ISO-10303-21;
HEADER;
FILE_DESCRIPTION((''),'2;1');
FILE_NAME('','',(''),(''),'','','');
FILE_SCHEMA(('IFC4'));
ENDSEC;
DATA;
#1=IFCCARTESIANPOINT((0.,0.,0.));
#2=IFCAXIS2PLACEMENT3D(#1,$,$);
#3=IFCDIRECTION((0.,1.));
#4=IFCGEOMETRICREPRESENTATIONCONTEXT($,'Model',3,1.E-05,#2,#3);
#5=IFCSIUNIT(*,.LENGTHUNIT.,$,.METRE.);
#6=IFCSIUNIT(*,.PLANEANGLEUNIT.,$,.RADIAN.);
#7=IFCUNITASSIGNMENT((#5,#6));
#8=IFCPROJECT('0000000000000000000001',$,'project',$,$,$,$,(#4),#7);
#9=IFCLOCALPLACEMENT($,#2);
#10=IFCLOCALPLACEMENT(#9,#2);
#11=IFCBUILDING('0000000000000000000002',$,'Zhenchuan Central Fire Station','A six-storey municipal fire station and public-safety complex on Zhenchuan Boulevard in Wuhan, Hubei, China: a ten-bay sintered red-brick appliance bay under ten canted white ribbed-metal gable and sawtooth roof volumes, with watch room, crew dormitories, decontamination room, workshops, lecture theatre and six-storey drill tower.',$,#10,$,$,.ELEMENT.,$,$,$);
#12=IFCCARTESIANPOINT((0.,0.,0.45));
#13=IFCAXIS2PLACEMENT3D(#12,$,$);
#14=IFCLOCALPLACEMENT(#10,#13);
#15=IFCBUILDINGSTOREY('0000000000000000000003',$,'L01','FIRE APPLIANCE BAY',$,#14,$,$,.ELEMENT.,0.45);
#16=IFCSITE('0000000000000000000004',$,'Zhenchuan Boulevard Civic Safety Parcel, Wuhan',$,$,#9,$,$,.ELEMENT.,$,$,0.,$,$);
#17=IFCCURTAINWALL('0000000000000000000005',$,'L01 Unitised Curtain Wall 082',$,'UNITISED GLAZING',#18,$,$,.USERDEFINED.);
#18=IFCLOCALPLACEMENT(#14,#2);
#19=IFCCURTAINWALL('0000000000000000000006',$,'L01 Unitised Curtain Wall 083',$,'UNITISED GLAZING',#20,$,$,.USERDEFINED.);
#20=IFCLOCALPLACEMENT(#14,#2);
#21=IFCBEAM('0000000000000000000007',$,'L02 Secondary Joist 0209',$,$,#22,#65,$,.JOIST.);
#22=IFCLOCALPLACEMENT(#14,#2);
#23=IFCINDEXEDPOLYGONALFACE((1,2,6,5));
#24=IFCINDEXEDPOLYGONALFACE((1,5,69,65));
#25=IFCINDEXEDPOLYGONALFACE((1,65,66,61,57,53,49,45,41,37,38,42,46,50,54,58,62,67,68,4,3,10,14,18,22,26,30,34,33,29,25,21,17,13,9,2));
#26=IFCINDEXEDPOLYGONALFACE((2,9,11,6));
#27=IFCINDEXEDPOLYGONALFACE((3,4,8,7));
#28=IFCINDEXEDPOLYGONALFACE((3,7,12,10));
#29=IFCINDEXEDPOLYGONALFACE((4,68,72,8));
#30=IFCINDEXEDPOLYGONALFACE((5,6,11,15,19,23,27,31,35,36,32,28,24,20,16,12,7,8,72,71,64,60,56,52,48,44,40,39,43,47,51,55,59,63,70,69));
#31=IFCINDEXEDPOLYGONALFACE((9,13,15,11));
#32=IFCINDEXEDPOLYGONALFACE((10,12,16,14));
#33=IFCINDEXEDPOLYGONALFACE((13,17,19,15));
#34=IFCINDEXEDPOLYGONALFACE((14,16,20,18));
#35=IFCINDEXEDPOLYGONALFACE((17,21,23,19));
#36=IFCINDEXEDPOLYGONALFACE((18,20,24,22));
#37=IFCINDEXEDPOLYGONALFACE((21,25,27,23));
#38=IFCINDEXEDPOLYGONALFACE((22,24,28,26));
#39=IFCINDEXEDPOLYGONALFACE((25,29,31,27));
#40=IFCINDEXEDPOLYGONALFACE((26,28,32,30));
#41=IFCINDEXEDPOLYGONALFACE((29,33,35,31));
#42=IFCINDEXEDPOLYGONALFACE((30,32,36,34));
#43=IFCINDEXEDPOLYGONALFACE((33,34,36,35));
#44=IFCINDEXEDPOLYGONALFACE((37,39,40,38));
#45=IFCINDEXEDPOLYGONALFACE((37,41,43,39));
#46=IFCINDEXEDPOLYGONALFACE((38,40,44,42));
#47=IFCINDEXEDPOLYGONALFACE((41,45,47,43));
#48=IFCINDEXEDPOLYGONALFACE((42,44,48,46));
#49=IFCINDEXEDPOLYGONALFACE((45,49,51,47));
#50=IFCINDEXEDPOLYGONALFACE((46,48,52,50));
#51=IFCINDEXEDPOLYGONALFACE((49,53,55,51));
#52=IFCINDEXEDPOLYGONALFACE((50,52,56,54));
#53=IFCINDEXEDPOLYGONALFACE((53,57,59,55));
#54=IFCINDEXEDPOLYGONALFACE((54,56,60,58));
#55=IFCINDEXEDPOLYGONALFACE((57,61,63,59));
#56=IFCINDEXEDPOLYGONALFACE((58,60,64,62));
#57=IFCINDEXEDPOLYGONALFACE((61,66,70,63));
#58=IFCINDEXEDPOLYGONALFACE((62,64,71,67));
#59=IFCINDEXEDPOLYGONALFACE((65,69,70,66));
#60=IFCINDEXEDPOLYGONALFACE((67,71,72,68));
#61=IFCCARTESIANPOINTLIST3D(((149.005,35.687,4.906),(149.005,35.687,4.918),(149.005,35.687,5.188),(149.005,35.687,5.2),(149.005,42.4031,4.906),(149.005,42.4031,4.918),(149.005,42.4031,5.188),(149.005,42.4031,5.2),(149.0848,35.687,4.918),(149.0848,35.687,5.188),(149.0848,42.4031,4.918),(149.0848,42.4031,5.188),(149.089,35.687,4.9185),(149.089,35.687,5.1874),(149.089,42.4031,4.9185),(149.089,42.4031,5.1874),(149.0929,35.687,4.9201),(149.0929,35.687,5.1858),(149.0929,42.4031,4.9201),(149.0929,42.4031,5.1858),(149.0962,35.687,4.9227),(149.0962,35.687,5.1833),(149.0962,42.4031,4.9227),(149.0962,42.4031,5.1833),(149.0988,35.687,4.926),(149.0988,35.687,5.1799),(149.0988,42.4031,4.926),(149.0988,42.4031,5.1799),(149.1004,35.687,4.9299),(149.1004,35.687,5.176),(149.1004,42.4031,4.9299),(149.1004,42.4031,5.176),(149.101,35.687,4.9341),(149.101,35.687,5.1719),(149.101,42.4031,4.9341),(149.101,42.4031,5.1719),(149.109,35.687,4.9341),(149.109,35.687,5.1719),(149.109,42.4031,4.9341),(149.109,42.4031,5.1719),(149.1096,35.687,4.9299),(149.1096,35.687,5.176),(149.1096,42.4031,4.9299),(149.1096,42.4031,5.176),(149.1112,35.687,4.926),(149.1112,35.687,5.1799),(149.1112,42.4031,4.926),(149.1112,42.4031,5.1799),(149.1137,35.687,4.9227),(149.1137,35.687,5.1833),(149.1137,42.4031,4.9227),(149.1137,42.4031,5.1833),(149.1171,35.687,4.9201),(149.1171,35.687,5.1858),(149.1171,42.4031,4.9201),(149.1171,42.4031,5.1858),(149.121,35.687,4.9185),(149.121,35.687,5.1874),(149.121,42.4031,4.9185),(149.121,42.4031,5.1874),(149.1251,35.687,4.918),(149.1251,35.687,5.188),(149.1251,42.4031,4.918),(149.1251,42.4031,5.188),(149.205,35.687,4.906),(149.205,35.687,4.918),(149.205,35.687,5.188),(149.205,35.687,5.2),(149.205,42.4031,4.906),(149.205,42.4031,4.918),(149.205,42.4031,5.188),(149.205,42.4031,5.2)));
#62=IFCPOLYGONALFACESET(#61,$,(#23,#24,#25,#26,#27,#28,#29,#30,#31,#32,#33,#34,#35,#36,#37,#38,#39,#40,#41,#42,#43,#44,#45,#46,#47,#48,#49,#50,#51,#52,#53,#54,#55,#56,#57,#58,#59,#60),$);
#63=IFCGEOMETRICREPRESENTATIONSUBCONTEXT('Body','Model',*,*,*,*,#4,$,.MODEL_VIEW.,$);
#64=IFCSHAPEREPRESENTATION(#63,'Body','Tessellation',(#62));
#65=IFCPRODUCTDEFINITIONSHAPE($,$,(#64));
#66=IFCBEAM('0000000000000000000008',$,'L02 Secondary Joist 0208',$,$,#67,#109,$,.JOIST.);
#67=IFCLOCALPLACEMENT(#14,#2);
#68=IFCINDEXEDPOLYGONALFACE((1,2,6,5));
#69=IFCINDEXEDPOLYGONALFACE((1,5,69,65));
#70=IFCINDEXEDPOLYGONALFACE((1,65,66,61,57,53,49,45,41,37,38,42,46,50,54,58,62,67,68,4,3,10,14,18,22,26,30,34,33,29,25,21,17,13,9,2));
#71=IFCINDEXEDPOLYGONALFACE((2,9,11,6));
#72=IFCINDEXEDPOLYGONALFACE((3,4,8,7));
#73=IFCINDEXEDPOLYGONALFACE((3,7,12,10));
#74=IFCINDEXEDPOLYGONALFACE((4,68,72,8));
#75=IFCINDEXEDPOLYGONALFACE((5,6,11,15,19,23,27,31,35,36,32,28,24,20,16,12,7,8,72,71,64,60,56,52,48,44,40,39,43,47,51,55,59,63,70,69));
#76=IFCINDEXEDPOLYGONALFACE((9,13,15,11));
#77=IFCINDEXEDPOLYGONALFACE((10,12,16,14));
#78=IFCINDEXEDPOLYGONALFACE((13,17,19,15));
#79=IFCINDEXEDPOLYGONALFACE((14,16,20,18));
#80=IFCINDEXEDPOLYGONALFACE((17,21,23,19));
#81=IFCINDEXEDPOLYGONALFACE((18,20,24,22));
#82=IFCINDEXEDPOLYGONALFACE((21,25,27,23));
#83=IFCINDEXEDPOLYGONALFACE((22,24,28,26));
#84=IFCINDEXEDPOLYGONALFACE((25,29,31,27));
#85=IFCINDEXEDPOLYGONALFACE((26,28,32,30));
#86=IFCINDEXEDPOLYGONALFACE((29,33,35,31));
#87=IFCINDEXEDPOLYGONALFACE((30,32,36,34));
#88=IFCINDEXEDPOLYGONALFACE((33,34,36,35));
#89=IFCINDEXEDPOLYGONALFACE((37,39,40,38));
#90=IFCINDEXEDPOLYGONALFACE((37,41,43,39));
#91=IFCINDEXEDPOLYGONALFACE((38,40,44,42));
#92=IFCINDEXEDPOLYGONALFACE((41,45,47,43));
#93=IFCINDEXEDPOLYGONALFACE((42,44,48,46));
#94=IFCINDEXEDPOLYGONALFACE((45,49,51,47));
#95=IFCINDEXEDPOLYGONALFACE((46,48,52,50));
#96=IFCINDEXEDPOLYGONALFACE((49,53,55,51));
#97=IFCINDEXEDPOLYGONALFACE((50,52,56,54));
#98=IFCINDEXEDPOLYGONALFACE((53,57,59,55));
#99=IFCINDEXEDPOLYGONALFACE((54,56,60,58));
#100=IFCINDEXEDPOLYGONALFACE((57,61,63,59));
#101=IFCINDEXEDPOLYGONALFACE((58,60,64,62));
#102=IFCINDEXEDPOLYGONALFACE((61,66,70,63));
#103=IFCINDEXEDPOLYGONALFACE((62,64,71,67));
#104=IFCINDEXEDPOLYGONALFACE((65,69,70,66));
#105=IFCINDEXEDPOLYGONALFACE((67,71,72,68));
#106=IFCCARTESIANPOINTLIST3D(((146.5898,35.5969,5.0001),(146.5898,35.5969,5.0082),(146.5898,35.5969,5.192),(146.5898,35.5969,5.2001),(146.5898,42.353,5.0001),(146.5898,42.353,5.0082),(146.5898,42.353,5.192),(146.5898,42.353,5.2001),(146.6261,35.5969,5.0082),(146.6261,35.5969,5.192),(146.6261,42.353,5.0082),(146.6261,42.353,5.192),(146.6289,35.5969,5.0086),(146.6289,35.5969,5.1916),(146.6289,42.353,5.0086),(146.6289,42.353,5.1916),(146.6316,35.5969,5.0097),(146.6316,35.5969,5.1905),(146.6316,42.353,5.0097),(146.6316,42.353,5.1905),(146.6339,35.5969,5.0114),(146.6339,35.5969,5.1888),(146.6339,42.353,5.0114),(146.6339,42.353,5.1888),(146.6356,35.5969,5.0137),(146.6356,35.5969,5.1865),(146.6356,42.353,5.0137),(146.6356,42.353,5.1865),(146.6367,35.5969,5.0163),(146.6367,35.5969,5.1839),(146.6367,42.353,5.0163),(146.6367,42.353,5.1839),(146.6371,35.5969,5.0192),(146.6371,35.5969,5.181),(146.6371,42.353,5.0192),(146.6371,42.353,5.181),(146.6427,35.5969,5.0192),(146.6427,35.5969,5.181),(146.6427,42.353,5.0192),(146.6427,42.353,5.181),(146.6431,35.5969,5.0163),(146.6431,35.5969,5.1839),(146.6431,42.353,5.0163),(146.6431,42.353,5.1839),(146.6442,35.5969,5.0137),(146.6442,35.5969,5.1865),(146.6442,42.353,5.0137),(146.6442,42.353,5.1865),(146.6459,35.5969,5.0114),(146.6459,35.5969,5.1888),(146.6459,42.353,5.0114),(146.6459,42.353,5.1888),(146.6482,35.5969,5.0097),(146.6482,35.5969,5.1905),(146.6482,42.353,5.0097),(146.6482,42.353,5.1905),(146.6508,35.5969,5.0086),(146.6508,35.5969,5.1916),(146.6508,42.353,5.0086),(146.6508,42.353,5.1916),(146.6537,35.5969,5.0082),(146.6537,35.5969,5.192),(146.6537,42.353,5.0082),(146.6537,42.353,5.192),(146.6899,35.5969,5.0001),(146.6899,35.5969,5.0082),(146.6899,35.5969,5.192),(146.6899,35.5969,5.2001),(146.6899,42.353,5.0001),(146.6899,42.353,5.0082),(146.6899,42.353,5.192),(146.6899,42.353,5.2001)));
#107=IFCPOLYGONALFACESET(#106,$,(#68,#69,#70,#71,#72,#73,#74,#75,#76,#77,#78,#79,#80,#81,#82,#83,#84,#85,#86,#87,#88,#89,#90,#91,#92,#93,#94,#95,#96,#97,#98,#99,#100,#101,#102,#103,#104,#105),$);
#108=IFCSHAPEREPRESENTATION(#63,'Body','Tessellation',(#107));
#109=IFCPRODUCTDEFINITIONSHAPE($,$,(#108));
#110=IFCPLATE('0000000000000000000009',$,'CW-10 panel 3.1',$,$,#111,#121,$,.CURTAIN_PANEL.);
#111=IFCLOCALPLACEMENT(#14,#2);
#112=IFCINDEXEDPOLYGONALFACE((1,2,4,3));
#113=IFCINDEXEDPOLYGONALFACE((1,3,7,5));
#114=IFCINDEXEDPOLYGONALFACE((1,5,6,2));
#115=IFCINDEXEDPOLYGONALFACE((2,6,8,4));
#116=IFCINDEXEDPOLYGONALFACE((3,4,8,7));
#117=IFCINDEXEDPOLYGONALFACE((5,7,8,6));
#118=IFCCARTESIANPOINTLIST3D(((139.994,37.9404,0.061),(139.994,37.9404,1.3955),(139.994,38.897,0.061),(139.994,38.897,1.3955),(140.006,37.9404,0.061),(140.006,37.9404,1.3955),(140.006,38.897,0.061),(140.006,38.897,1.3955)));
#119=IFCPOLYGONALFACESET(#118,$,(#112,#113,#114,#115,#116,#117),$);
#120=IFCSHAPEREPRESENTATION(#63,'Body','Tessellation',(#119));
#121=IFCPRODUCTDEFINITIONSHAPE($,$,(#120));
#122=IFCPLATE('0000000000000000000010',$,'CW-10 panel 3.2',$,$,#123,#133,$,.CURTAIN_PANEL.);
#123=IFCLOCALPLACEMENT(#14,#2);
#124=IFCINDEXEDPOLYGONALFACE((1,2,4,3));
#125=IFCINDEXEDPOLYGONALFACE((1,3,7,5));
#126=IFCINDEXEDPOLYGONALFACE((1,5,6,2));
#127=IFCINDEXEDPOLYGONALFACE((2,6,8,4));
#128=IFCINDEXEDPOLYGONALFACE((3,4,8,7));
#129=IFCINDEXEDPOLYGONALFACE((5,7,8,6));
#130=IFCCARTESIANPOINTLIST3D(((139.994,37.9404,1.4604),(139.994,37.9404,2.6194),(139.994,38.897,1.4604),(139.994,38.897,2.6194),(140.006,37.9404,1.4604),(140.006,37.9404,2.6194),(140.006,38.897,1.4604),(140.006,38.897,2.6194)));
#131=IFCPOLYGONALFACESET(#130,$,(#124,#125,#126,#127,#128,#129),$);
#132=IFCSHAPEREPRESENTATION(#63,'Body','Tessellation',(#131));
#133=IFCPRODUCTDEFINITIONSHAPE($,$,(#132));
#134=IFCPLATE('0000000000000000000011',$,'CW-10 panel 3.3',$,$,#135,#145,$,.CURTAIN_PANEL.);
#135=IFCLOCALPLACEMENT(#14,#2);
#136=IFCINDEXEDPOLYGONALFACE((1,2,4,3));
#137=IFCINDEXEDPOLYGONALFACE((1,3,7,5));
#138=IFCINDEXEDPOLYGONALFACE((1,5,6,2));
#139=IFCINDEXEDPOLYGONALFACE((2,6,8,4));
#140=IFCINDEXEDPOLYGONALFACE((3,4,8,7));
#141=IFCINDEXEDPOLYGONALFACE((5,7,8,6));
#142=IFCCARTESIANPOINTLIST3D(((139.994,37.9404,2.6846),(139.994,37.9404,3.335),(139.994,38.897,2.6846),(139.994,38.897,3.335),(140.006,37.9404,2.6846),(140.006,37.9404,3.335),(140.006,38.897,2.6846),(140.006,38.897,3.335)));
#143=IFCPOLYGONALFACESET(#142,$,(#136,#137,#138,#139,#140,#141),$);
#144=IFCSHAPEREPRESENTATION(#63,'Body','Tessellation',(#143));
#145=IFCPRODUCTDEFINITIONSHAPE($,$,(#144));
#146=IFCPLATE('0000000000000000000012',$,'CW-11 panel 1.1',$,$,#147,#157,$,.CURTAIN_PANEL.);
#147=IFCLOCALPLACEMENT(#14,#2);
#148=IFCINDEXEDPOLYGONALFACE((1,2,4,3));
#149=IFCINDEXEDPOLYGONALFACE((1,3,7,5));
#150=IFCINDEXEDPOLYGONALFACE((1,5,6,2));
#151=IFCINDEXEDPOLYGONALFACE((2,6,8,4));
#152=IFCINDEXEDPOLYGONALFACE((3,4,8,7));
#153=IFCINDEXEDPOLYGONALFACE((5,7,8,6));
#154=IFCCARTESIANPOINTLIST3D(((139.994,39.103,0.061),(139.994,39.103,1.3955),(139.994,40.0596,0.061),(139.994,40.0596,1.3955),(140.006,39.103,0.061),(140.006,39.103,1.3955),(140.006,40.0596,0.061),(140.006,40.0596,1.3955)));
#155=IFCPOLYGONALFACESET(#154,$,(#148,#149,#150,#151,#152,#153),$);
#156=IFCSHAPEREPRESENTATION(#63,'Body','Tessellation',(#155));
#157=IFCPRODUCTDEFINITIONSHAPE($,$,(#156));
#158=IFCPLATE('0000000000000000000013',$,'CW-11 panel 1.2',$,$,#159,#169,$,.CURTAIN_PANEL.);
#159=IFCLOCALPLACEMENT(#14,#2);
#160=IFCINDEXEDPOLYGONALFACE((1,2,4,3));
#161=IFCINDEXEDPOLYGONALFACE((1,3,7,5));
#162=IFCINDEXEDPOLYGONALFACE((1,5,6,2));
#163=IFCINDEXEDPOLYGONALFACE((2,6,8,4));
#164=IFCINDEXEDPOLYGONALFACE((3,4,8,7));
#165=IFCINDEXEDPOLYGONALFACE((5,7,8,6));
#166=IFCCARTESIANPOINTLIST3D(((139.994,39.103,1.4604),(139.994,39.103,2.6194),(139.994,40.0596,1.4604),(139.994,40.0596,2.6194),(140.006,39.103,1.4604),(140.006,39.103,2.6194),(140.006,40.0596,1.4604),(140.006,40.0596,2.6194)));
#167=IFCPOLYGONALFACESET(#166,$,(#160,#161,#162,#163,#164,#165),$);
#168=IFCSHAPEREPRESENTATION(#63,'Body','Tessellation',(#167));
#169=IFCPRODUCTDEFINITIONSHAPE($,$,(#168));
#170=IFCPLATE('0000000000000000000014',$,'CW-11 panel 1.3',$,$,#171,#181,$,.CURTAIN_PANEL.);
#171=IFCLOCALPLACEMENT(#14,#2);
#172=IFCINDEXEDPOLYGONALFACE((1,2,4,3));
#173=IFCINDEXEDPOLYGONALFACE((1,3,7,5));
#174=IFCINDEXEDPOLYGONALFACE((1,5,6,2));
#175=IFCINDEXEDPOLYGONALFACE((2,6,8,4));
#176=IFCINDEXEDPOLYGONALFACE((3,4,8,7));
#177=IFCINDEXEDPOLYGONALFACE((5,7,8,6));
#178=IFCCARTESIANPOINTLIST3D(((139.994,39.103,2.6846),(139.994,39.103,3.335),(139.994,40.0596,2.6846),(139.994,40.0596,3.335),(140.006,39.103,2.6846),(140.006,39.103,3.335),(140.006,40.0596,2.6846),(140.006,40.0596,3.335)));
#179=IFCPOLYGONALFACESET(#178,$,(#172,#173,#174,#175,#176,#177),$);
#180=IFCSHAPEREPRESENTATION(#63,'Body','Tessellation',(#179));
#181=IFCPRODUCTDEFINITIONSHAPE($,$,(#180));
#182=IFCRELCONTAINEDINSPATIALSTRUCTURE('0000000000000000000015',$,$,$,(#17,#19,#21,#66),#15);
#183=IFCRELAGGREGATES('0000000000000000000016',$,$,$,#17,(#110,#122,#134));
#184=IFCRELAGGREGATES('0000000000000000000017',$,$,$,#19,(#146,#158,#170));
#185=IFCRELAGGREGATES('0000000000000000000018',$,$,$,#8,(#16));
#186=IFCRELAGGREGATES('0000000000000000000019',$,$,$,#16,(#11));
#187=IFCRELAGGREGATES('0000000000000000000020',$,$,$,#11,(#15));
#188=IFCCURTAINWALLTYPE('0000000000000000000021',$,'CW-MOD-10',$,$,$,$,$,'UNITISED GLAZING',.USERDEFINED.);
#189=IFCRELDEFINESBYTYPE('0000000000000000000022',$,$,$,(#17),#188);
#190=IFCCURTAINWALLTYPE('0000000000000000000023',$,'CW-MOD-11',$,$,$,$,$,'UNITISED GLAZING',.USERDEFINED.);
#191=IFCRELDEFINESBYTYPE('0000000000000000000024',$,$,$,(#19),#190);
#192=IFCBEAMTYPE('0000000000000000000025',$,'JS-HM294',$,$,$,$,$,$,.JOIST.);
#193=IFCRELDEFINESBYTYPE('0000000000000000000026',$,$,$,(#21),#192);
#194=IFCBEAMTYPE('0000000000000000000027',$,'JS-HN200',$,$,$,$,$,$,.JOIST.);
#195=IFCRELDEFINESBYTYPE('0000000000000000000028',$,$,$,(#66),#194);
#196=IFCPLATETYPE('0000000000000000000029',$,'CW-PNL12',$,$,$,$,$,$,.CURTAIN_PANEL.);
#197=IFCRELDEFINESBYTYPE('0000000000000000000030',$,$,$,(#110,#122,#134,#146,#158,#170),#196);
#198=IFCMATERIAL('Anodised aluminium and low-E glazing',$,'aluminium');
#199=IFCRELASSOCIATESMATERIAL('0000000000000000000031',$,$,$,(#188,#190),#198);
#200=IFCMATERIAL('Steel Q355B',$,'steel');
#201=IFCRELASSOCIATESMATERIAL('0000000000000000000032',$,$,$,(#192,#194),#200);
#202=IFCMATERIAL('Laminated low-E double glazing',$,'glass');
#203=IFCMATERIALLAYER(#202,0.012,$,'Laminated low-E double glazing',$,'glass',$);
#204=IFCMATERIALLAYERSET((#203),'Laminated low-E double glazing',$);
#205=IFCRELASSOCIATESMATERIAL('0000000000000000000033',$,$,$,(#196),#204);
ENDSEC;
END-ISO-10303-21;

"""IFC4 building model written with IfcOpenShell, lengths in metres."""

from ifc_helpers import new_model, si_unit, direction, frame, origin, origin_2d, place, context, subcontext, project, spatial, rectangle, i_section, extrude, material, layer, layer_set, material_profile, profile_set, type_object, element, aggregate, save


model = new_model("IFC4")

# Units and contexts
model_context = context("Model", 3, precision=1e-05, world=origin(), true_north=direction((0.0, 1.0)))
body_context = subcontext(model_context, "Body", "Model", "MODEL_VIEW")
ifc_project = project(units=[si_unit("LENGTHUNIT", "METRE"), si_unit("PLANEANGLEUNIT", "RADIAN")], contexts=[model_context])

# Site, building, storey
site_placement = place(None, origin())
site = spatial("IfcSite", under=ifc_project, at=site_placement, Name="Zhenchuan Boulevard Civic Safety Parcel, Wuhan", CompositionType="ELEMENT", RefElevation=0.0)
building_placement = place(site_placement, origin())
building = spatial("IfcBuilding", under=site, at=building_placement, Name="Zhenchuan Central Fire Station", Description="A six-storey municipal fire station and public-safety complex on Zhenchuan Boulevard in Wuhan, Hubei, China: a ten-bay sintered red-brick appliance bay under ten canted white ribbed-metal gable and sawtooth roof volumes, with watch room, crew dormitories, decontamination room, workshops, lecture theatre and six-storey drill tower.", CompositionType="ELEMENT")
storey_placement = place(building_placement, frame((0.0, 0.0, 0.45)))
storey = spatial("IfcBuildingStorey", under=building, at=storey_placement, Name="L01", Description="FIRE APPLIANCE BAY", CompositionType="ELEMENT", Elevation=0.45)

# Shared definitions
ifc_material_1 = material(Name="Steel Q355B", Category="steel")

# Curtain wall
ifc_material_2 = material(Name="Anodised aluminium and low-E glazing", Category="aluminium")
curtain_wall_type_1 = type_object("IfcCurtainWallType", Name="CW-MOD-10", ElementType="UNITISED GLAZING", PredefinedType="USERDEFINED", material=ifc_material_2)
curtain_wall_1_placement = place(storey_placement, origin())
curtain_wall_1 = element("IfcCurtainWall", 1, at=curtain_wall_1_placement, inside=storey, type_object=curtain_wall_type_1, Name="L01 Unitised Curtain Wall 082", ObjectType="UNITISED GLAZING", PredefinedType="USERDEFINED")

# Curtain wall
curtain_wall_type_2 = type_object("IfcCurtainWallType", Name="CW-MOD-11", ElementType="UNITISED GLAZING", PredefinedType="USERDEFINED", material=ifc_material_2)
curtain_wall_2_placement = place(storey_placement, origin())
curtain_wall_2 = element("IfcCurtainWall", 2, at=curtain_wall_2_placement, inside=storey, type_object=curtain_wall_type_2, Name="L01 Unitised Curtain Wall 083", ObjectType="UNITISED GLAZING", PredefinedType="USERDEFINED")

# Beams
ifc_material_profile_1 = material_profile(ifc_material_1, i_section(OverallWidth=0.2, OverallDepth=0.2939, WebThickness=0.0081, FlangeThickness=0.012, FilletRadius=0.0161, at=origin_2d()), Name="HM 294x200")
ifc_profile_set_1 = profile_set([ifc_material_profile_1], Name="Steel Q355B")
beam_type_1 = type_object("IfcBeamType", Name="JS-HM294", PredefinedType="JOIST", material=ifc_profile_set_1)
beam_1_placement = place(storey_placement, frame((149.105, 35.687, 5.053), z_axis=(0.0, 1.0, 0.0), x_axis=(-1.0, 0.0, 0.0)))
element("IfcBeam", 3, at=beam_1_placement, inside=storey, type_object=beam_type_1, Name="L02 Secondary Joist 0209", PredefinedType="JOIST", context=body_context, shape_type="SweptSolid", body=[
    extrude(i_section(OverallWidth=0.2, OverallDepth=0.2939, WebThickness=0.0081, FlangeThickness=0.012, FilletRadius=0.0161, at=origin_2d()), origin(), (0.0, 0.0, 1.0), 6.7161),
])
ifc_material_profile_2 = material_profile(ifc_material_1, i_section(OverallWidth=0.1001, OverallDepth=0.2, WebThickness=0.0056, FlangeThickness=0.0081, FilletRadius=0.011, at=origin_2d()), Name="HN 200x100")
ifc_profile_set_2 = profile_set([ifc_material_profile_2], Name="Steel Q355B")
beam_type_2 = type_object("IfcBeamType", Name="JS-HN200", PredefinedType="JOIST", material=ifc_profile_set_2)
beam_2_placement = place(storey_placement, frame((146.6399, 35.5969, 5.1001), z_axis=(0.0, 1.0, 0.0), x_axis=(-1.0, 0.0, 0.0)))
element("IfcBeam", 4, at=beam_2_placement, inside=storey, type_object=beam_type_2, Name="L02 Secondary Joist 0208", PredefinedType="JOIST", context=body_context, shape_type="SweptSolid", body=[
    extrude(i_section(OverallWidth=0.1001, OverallDepth=0.2, WebThickness=0.0056, FlangeThickness=0.0081, FilletRadius=0.011, at=origin_2d()), origin(), (0.0, 0.0, 1.0), 6.7561),
])

# Plates
ifc_material_3 = material(Name="Laminated low-E double glazing", Category="glass")
ifc_layer_1 = layer(ifc_material_3, 0.012, Name="Laminated low-E double glazing", Category="glass")
ifc_layer_set_1 = layer_set([ifc_layer_1], Name="Laminated low-E double glazing")
plate_type = type_object("IfcPlateType", Name="CW-PNL12", PredefinedType="CURTAIN_PANEL", material=ifc_layer_set_1)
plate_1_placement = place(storey_placement, frame((140.0, 38.4187, 0.061), z_axis=(0.0, 0.0, 1.0), x_axis=(0.0, 1.0, 0.0)))
plate_1 = element("IfcPlate", 5, at=plate_1_placement, type_object=plate_type, Name="CW-10 panel 3.1", PredefinedType="CURTAIN_PANEL", context=body_context, shape_type="SweptSolid", body=[
    extrude(rectangle(XDim=0.9565, YDim=0.012, at=origin_2d()), origin(), (0.0, 0.0, 1.0), 1.3345),
])
plate_2_placement = place(storey_placement, frame((140.0, 38.4187, 1.4604), z_axis=(0.0, 0.0, 1.0), x_axis=(0.0, 1.0, 0.0)))
plate_2 = element("IfcPlate", 6, at=plate_2_placement, type_object=plate_type, Name="CW-10 panel 3.2", PredefinedType="CURTAIN_PANEL", context=body_context, shape_type="SweptSolid", body=[
    extrude(rectangle(XDim=0.9565, YDim=0.012, at=origin_2d()), origin(), (0.0, 0.0, 1.0), 1.1589),
])
plate_3_placement = place(storey_placement, frame((140.0, 38.4187, 2.6846), z_axis=(0.0, 0.0, 1.0), x_axis=(0.0, 1.0, 0.0)))
plate_3 = element("IfcPlate", 7, at=plate_3_placement, type_object=plate_type, Name="CW-10 panel 3.3", PredefinedType="CURTAIN_PANEL", context=body_context, shape_type="SweptSolid", body=[
    extrude(rectangle(XDim=0.9565, YDim=0.012, at=origin_2d()), origin(), (0.0, 0.0, 1.0), 0.6504),
])
aggregate(curtain_wall_1, [plate_1, plate_2, plate_3])
plate_4_placement = place(storey_placement, frame((140.0, 39.5813, 0.061), z_axis=(0.0, 0.0, 1.0), x_axis=(0.0, 1.0, 0.0)))
plate_4 = element("IfcPlate", 8, at=plate_4_placement, type_object=plate_type, Name="CW-11 panel 1.1", PredefinedType="CURTAIN_PANEL", context=body_context, shape_type="SweptSolid", body=[
    extrude(rectangle(XDim=0.9565, YDim=0.012, at=origin_2d()), origin(), (0.0, 0.0, 1.0), 1.3345),
])
plate_5_placement = place(storey_placement, frame((140.0, 39.5813, 1.4604), z_axis=(0.0, 0.0, 1.0), x_axis=(0.0, 1.0, 0.0)))
plate_5 = element("IfcPlate", 9, at=plate_5_placement, type_object=plate_type, Name="CW-11 panel 1.2", PredefinedType="CURTAIN_PANEL", context=body_context, shape_type="SweptSolid", body=[
    extrude(rectangle(XDim=0.9565, YDim=0.012, at=origin_2d()), origin(), (0.0, 0.0, 1.0), 1.1589),
])
plate_6_placement = place(storey_placement, frame((140.0, 39.5813, 2.6846), z_axis=(0.0, 0.0, 1.0), x_axis=(0.0, 1.0, 0.0)))
plate_6 = element("IfcPlate", 10, at=plate_6_placement, type_object=plate_type, Name="CW-11 panel 1.3", PredefinedType="CURTAIN_PANEL", context=body_context, shape_type="SweptSolid", body=[
    extrude(rectangle(XDim=0.9565, YDim=0.012, at=origin_2d()), origin(), (0.0, 0.0, 1.0), 0.6504),
])
aggregate(curtain_wall_2, [plate_4, plate_5, plate_6])

save(model, "model.ifc")
